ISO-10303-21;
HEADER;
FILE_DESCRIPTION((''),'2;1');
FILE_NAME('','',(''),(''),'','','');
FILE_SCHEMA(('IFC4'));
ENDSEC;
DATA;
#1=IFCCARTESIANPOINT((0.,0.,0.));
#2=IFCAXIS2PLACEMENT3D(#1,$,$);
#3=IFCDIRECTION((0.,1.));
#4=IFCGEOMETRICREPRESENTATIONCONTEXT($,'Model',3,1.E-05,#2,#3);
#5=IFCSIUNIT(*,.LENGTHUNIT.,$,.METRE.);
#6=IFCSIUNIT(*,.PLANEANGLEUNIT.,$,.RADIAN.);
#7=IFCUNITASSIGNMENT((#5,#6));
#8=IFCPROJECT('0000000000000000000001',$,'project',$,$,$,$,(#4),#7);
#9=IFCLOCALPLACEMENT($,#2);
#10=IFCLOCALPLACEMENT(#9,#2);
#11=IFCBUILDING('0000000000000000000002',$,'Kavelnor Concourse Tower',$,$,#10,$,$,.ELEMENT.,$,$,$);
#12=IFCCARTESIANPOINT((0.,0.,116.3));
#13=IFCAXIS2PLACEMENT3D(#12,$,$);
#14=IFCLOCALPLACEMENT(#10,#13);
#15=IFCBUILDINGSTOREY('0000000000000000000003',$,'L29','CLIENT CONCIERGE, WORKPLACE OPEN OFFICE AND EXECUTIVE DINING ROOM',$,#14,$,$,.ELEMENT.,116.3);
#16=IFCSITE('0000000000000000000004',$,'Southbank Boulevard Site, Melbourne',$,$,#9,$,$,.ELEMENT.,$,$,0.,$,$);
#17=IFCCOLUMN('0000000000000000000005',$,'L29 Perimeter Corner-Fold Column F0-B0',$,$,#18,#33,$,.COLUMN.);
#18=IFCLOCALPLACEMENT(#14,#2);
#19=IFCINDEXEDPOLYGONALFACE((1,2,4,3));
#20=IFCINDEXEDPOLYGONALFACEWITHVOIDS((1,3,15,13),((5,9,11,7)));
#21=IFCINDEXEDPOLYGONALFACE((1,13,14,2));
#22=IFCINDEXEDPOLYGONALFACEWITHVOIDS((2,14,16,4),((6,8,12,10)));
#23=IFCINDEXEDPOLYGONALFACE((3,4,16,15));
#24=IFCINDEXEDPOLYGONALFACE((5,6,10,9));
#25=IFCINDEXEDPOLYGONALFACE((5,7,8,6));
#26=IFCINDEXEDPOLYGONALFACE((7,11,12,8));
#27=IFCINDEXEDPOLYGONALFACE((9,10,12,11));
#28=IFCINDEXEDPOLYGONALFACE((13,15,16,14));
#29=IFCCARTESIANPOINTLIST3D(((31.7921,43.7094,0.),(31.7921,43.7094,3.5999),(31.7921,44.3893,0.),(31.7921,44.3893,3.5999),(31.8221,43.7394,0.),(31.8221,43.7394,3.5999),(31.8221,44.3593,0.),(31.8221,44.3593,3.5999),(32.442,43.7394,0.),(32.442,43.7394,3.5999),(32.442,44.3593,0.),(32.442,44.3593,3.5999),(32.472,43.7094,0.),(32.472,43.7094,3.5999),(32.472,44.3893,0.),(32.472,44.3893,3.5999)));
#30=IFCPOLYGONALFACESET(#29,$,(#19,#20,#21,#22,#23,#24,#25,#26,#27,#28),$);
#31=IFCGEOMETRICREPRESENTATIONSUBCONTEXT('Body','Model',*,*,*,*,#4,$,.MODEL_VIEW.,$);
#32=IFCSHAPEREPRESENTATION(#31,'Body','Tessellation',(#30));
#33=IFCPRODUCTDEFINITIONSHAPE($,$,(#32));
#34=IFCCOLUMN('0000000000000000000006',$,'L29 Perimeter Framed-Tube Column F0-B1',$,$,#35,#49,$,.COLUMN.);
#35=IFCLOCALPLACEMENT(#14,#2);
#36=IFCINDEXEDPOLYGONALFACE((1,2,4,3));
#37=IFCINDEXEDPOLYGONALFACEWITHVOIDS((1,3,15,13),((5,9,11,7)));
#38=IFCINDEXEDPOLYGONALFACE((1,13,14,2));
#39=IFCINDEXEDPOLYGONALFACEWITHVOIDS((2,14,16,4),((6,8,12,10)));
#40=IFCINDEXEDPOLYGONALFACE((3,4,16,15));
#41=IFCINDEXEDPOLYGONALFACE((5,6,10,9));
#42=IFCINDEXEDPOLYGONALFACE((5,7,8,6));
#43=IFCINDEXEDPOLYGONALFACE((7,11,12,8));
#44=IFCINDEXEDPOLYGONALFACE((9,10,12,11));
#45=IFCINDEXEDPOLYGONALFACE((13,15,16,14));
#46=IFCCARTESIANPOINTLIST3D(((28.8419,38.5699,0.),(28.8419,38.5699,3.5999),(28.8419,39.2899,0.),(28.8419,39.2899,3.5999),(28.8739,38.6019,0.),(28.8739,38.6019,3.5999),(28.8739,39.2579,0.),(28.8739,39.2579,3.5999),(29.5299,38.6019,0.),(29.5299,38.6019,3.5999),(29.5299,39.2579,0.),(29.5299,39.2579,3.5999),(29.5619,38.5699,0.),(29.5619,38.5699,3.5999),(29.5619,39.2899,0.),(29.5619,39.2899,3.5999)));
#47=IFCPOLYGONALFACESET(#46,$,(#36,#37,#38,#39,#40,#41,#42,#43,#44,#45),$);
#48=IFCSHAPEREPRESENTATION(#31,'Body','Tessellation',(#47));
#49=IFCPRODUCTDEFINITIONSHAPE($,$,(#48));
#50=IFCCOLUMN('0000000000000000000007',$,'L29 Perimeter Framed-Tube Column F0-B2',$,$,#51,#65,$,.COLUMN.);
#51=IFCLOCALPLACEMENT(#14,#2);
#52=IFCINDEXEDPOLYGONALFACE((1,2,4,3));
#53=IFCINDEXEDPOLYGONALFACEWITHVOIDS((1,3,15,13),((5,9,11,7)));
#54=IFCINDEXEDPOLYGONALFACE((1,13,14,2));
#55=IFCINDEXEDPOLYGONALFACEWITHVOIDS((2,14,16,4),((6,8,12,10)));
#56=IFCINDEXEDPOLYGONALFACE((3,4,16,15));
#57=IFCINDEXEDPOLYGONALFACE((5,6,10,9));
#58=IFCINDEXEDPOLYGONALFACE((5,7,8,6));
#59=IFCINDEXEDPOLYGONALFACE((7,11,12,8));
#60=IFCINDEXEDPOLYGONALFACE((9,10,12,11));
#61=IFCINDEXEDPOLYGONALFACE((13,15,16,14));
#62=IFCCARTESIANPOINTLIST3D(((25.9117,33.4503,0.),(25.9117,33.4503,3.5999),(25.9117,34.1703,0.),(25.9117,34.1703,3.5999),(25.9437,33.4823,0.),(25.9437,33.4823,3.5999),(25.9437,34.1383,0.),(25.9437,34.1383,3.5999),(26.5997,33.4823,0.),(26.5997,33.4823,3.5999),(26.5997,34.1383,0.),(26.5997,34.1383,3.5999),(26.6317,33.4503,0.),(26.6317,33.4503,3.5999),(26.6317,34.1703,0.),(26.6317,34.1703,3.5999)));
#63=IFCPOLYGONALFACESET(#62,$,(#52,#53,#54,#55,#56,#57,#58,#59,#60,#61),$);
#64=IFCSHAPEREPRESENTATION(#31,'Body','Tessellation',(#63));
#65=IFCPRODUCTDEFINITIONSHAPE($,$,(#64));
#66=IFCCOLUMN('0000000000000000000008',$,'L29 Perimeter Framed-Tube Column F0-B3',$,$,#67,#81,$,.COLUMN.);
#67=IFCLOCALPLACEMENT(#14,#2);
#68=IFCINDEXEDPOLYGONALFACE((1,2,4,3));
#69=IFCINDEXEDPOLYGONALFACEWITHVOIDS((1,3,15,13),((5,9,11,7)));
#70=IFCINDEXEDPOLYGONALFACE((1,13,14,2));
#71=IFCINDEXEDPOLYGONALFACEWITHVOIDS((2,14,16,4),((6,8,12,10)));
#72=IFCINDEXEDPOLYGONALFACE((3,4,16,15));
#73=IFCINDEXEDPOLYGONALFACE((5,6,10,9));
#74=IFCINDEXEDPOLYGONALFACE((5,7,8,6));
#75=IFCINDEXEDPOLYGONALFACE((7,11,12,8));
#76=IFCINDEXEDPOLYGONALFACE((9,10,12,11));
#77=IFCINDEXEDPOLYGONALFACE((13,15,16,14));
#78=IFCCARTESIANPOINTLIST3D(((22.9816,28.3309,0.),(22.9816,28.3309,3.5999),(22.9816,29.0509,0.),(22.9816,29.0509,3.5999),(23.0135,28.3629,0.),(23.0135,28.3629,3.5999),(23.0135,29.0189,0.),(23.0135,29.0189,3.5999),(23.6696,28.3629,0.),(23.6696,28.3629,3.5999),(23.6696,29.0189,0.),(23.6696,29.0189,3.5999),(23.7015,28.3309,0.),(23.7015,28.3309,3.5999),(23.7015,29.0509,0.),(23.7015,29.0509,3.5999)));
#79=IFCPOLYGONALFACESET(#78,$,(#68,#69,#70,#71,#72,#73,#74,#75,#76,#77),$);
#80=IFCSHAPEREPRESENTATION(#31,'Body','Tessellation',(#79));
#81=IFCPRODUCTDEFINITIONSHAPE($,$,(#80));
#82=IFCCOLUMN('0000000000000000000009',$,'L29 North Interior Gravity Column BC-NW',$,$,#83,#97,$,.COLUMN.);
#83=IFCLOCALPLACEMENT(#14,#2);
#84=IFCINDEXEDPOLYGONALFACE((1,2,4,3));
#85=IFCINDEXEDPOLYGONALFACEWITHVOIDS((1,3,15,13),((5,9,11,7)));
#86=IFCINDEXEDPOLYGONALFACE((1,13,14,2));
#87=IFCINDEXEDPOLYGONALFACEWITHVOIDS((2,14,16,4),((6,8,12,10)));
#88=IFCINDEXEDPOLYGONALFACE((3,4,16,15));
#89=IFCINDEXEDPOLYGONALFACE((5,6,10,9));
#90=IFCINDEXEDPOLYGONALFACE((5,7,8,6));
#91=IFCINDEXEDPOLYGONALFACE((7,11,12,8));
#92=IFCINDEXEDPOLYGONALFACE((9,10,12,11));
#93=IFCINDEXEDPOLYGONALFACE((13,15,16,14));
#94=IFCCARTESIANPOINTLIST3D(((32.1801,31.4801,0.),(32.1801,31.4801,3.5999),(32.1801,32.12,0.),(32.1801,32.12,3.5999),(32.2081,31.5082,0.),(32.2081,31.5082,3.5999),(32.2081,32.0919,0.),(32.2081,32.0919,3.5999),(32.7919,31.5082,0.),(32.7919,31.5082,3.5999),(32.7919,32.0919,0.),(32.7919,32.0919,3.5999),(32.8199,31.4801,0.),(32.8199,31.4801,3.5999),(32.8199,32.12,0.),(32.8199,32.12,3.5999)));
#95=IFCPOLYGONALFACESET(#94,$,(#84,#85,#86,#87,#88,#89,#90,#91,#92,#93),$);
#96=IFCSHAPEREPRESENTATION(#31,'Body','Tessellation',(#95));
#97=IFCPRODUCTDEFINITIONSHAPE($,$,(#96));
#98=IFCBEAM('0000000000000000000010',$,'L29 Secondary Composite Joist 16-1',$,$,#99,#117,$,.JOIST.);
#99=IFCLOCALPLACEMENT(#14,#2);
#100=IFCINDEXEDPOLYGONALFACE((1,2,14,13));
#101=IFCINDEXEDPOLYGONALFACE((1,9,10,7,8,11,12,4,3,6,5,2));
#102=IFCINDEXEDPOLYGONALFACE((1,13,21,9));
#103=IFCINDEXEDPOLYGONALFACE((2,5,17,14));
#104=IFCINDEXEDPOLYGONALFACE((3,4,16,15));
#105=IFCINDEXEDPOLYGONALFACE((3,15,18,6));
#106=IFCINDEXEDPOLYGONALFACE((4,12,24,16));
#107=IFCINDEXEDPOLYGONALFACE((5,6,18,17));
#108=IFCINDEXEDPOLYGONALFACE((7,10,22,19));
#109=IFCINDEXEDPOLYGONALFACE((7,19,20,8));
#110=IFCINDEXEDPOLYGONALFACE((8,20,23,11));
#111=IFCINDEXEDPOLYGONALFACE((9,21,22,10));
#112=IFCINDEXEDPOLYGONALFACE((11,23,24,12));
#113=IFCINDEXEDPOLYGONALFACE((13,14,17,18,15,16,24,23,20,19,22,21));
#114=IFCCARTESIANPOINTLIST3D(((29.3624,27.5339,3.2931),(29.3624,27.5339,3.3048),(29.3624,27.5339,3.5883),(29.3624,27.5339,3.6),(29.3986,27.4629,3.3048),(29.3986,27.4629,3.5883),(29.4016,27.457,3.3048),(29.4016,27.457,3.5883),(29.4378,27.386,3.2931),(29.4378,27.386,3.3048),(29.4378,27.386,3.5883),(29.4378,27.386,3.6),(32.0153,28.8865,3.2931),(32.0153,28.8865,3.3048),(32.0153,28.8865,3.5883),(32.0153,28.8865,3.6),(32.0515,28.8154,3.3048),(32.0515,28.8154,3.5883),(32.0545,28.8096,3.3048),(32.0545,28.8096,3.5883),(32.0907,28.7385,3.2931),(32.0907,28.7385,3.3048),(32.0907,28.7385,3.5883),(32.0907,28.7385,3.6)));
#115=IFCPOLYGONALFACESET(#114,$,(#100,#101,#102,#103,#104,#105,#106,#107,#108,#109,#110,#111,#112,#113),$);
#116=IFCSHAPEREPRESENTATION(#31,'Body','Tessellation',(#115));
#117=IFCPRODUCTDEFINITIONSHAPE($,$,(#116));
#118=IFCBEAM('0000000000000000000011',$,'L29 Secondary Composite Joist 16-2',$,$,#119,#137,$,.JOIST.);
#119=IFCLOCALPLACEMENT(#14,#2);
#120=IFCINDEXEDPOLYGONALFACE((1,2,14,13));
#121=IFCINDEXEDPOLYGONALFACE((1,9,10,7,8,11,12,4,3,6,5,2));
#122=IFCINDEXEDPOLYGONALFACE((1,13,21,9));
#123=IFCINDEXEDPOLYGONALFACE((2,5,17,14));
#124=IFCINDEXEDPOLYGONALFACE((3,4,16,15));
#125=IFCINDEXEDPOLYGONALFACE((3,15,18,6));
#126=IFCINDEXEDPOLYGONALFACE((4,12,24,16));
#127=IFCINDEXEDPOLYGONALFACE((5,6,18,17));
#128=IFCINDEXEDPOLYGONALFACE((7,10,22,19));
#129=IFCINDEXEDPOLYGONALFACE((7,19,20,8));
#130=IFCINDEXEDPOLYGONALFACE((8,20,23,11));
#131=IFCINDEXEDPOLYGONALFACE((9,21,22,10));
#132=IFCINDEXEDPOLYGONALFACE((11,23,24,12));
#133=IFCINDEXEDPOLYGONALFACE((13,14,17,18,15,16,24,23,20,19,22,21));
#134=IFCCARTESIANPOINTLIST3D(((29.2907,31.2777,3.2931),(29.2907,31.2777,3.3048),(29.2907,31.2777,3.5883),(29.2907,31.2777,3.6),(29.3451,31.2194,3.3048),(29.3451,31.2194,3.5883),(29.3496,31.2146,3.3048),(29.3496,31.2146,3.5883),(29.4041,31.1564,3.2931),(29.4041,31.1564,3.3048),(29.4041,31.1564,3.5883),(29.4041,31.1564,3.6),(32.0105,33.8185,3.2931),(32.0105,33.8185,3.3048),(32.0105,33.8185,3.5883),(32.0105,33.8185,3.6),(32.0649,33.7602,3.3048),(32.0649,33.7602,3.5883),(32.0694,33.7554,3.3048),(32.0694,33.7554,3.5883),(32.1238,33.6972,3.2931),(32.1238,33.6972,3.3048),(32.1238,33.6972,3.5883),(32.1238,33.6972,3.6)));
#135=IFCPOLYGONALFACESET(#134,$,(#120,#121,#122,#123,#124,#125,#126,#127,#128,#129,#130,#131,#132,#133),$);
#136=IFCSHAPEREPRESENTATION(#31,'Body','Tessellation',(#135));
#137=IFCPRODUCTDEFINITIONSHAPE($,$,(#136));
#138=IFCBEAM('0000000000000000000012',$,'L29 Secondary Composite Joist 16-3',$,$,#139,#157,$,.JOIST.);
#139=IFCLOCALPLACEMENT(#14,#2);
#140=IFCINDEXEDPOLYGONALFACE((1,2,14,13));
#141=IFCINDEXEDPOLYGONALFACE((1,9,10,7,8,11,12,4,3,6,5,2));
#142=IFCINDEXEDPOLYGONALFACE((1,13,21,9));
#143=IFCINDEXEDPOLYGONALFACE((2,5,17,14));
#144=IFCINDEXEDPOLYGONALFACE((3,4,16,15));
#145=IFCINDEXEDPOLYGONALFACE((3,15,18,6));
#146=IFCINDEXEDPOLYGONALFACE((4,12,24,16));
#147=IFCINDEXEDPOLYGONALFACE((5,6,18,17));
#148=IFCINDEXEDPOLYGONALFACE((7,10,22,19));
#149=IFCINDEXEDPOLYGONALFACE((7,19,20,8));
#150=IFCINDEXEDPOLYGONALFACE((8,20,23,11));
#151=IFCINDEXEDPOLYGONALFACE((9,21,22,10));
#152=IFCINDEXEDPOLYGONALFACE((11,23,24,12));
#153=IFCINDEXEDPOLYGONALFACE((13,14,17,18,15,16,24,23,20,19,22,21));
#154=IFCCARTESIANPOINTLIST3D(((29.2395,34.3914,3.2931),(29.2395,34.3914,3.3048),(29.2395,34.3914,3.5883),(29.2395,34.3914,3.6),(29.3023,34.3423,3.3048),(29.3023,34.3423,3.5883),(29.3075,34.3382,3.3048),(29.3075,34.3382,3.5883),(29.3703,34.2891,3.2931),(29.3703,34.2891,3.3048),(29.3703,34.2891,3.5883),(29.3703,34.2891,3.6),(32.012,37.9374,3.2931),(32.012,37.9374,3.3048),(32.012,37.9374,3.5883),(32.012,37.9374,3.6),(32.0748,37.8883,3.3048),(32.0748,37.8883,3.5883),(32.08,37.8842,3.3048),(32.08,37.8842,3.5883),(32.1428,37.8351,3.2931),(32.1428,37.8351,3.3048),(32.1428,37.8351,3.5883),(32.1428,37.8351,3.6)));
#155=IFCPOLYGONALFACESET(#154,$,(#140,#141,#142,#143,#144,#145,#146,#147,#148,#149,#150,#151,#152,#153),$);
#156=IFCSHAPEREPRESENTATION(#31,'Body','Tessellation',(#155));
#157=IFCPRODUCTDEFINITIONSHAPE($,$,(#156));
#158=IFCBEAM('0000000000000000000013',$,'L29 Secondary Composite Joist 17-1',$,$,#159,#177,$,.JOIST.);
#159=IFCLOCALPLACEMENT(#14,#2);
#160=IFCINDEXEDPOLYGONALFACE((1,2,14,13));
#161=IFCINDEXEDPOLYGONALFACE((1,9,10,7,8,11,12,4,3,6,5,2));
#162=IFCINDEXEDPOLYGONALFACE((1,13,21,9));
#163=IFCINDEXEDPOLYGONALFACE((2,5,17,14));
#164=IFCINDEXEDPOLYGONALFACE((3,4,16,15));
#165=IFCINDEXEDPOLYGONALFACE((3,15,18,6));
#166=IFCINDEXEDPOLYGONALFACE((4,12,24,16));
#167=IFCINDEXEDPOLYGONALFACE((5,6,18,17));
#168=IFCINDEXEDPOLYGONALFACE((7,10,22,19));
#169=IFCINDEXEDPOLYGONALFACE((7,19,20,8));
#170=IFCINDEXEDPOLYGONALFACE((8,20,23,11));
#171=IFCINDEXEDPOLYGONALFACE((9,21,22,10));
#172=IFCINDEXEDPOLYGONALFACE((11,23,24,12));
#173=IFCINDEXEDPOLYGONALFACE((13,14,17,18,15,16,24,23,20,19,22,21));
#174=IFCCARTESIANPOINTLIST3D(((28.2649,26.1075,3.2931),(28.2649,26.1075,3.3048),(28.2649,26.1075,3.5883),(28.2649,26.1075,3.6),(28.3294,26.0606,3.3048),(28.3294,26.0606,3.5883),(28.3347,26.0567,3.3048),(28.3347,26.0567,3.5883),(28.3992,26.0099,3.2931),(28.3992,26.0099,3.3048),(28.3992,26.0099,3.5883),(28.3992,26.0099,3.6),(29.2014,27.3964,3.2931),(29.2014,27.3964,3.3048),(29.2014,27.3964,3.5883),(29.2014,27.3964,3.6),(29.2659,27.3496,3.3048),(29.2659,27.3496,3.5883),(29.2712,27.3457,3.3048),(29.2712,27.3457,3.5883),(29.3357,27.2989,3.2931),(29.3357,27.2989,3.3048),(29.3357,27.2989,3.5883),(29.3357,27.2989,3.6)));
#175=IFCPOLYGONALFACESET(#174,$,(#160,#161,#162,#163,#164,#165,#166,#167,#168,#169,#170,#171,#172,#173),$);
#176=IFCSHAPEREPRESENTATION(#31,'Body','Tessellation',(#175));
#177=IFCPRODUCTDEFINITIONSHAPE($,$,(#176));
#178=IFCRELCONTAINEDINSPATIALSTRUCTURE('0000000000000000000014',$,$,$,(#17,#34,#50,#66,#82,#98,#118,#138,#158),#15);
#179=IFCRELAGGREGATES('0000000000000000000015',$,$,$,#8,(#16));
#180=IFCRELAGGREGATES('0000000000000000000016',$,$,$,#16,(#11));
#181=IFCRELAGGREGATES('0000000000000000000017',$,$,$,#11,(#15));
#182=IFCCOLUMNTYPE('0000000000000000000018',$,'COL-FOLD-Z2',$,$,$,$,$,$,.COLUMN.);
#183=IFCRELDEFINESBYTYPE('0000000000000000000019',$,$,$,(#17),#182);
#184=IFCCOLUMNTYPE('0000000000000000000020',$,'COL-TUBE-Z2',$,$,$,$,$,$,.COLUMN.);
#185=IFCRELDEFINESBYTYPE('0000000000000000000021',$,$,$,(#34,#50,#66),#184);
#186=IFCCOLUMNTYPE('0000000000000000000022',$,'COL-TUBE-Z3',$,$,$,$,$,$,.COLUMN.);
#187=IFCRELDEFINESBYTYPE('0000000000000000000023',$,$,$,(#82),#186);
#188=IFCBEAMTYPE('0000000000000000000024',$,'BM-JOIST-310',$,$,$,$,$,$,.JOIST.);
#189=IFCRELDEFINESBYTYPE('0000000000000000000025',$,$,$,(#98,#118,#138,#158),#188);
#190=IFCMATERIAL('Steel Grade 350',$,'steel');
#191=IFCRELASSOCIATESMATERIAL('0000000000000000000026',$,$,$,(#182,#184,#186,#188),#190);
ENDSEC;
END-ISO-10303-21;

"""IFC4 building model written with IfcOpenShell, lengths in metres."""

from ifc_helpers import new_model, si_unit, direction, frame, origin, origin_2d, place, context, subcontext, project, spatial, hollow_rectangle, i_section, extrude, material, material_profile, profile_set, type_object, element, save


model = new_model("IFC4")

# Units and contexts
model_context = context("Model", 3, precision=1e-05, world=origin(), true_north=direction((0.0, 1.0)))
body_context = subcontext(model_context, "Body", "Model", "MODEL_VIEW")
ifc_project = project(units=[si_unit("LENGTHUNIT", "METRE"), si_unit("PLANEANGLEUNIT", "RADIAN")], contexts=[model_context])

# Site, building, storey
site_placement = place(None, origin())
site = spatial("IfcSite", under=ifc_project, at=site_placement, Name="Southbank Boulevard Site, Melbourne", CompositionType="ELEMENT", RefElevation=0.0)
building_placement = place(site_placement, origin())
building = spatial("IfcBuilding", under=site, at=building_placement, Name="Kavelnor Concourse Tower", CompositionType="ELEMENT")
storey_placement = place(building_placement, frame((0.0, 0.0, 116.3)))
storey = spatial("IfcBuildingStorey", under=building, at=storey_placement, Name="L29", Description="CLIENT CONCIERGE, WORKPLACE OPEN OFFICE AND EXECUTIVE DINING ROOM", CompositionType="ELEMENT", Elevation=116.3)

# Columns
ifc_material_1 = material(Name="Steel Grade 350", Category="steel")
ifc_material_profile_1 = material_profile(ifc_material_1, hollow_rectangle(XDim=0.6799, YDim=0.6799, WallThickness=0.03, at=origin_2d()), Name="SHS 680x680x30")
ifc_profile_set_1 = profile_set([ifc_material_profile_1], Name="Steel Grade 350")
column_type_1 = type_object("IfcColumnType", Name="COL-FOLD-Z2", PredefinedType="COLUMN", material=ifc_profile_set_1)
column_1_placement = place(storey_placement, frame((32.1321, 44.0493, 0.0), z_axis=(0.0, 0.0, 1.0), x_axis=(1.0, 0.0, 0.0)))
element("IfcColumn", 1, at=column_1_placement, inside=storey, type_object=column_type_1, Name="L29 Perimeter Corner-Fold Column F0-B0", PredefinedType="COLUMN", context=body_context, shape_type="SweptSolid", body=[
    extrude(hollow_rectangle(XDim=0.6799, YDim=0.6799, WallThickness=0.03, at=origin_2d()), origin(), (0.0, 0.0, 1.0), 3.5999),
])
ifc_material_profile_2 = material_profile(ifc_material_1, hollow_rectangle(XDim=0.72, YDim=0.72, WallThickness=0.032, at=origin_2d()), Name="SHS 720x720x32")
ifc_profile_set_2 = profile_set([ifc_material_profile_2], Name="Steel Grade 350")
column_type_2 = type_object("IfcColumnType", Name="COL-TUBE-Z2", PredefinedType="COLUMN", material=ifc_profile_set_2)
for number, where, z_axis, x_axis, name in (
    (2, (29.2019, 38.9299, 0.0), (0.0, 0.0, 1.0), (1.0, 0.0, 0.0), "L29 Perimeter Framed-Tube Column F0-B1"),
    (3, (26.2717, 33.8103, 0.0), (0.0, 0.0, 1.0), (1.0, 0.0, 0.0), "L29 Perimeter Framed-Tube Column F0-B2"),
    (4, (23.3416, 28.6909, 0.0), (0.0, 0.0, 1.0), (1.0, 0.0, 0.0), "L29 Perimeter Framed-Tube Column F0-B3"),
):
    element("IfcColumn", number, at=place(storey_placement, frame(where, z_axis=z_axis, x_axis=x_axis)), inside=storey, type_object=column_type_2, Name=name, PredefinedType="COLUMN", context=body_context, shape_type="SweptSolid", body=[
        extrude(hollow_rectangle(XDim=0.72, YDim=0.72, WallThickness=0.032, at=origin_2d()), origin(), (0.0, 0.0, 1.0), 3.5999),
    ])
ifc_material_profile_3 = material_profile(ifc_material_1, hollow_rectangle(XDim=0.6399, YDim=0.6399, WallThickness=0.0281, at=origin_2d()), Name="SHS 640x640x28")
ifc_profile_set_3 = profile_set([ifc_material_profile_3], Name="Steel Grade 350")
column_type_3 = type_object("IfcColumnType", Name="COL-TUBE-Z3", PredefinedType="COLUMN", material=ifc_profile_set_3)
column_2_placement = place(storey_placement, frame((32.5, 31.8, 0.0), z_axis=(0.0, 0.0, 1.0), x_axis=(1.0, 0.0, 0.0)))
element("IfcColumn", 5, at=column_2_placement, inside=storey, type_object=column_type_3, Name="L29 North Interior Gravity Column BC-NW", PredefinedType="COLUMN", context=body_context, shape_type="SweptSolid", body=[
    extrude(hollow_rectangle(XDim=0.6399, YDim=0.6399, WallThickness=0.0281, at=origin_2d()), origin(), (0.0, 0.0, 1.0), 3.5999),
])

# Beams
ifc_material_profile_4 = material_profile(ifc_material_1, i_section(OverallWidth=0.166, OverallDepth=0.3069, WebThickness=0.0066, FlangeThickness=0.0117, at=origin_2d()), Name="310UB46")
ifc_profile_set_4 = profile_set([ifc_material_profile_4], Name="Steel Grade 350")
beam_type_1 = type_object("IfcBeamType", Name="BM-JOIST-310", PredefinedType="JOIST", material=ifc_profile_set_4)
beam_1_placement = place(storey_placement, frame((32.053, 28.8125, 3.4465), z_axis=(-0.890891, -0.454218, 0.0), x_axis=(0.454218, -0.890891, 0.0)))
element("IfcBeam", 6, at=beam_1_placement, inside=storey, type_object=beam_type_1, Name="L29 Secondary Composite Joist 16-1", PredefinedType="JOIST", context=body_context, shape_type="SweptSolid", body=[
    extrude(i_section(OverallWidth=0.166, OverallDepth=0.3069, WebThickness=0.0066, FlangeThickness=0.0117, at=origin_2d()), origin(), (0.0, 0.0, 1.0), 2.9778),
])
beam_2_placement = place(storey_placement, frame((32.0671, 33.7578, 3.4465), z_axis=(-0.730739, -0.682657, 0.0), x_axis=(0.682657, -0.730739, 0.0)))
element("IfcBeam", 7, at=beam_2_placement, inside=storey, type_object=beam_type_1, Name="L29 Secondary Composite Joist 16-2", PredefinedType="JOIST", context=body_context, shape_type="SweptSolid", body=[
    extrude(i_section(OverallWidth=0.166, OverallDepth=0.3069, WebThickness=0.0066, FlangeThickness=0.0117, at=origin_2d()), origin(), (0.0, 0.0, 1.0), 3.7219),
])
beam_3_placement = place(storey_placement, frame((32.0774, 37.8862, 3.4465), z_axis=(-0.615951, -0.787784, 0.0), x_axis=(0.787784, -0.615951, 0.0)))
element("IfcBeam", 8, at=beam_3_placement, inside=storey, type_object=beam_type_1, Name="L29 Secondary Composite Joist 16-3", PredefinedType="JOIST", context=body_context, shape_type="SweptSolid", body=[
    extrude(i_section(OverallWidth=0.166, OverallDepth=0.3069, WebThickness=0.0066, FlangeThickness=0.0117, at=origin_2d()), origin(), (0.0, 0.0, 1.0), 4.5012),
])
beam_4_placement = place(storey_placement, frame((29.2686, 27.3477, 3.4465), z_axis=(-0.587771, -0.809028, 0.0), x_axis=(0.809028, -0.587771, 0.0)))
element("IfcBeam", 9, at=beam_4_placement, inside=storey, type_object=beam_type_1, Name="L29 Secondary Composite Joist 17-1", PredefinedType="JOIST", context=body_context, shape_type="SweptSolid", body=[
    extrude(i_section(OverallWidth=0.166, OverallDepth=0.3069, WebThickness=0.0066, FlangeThickness=0.0117, at=origin_2d()), origin(), (0.0, 0.0, 1.0), 1.5933),
])

save(model, "model.ifc")
